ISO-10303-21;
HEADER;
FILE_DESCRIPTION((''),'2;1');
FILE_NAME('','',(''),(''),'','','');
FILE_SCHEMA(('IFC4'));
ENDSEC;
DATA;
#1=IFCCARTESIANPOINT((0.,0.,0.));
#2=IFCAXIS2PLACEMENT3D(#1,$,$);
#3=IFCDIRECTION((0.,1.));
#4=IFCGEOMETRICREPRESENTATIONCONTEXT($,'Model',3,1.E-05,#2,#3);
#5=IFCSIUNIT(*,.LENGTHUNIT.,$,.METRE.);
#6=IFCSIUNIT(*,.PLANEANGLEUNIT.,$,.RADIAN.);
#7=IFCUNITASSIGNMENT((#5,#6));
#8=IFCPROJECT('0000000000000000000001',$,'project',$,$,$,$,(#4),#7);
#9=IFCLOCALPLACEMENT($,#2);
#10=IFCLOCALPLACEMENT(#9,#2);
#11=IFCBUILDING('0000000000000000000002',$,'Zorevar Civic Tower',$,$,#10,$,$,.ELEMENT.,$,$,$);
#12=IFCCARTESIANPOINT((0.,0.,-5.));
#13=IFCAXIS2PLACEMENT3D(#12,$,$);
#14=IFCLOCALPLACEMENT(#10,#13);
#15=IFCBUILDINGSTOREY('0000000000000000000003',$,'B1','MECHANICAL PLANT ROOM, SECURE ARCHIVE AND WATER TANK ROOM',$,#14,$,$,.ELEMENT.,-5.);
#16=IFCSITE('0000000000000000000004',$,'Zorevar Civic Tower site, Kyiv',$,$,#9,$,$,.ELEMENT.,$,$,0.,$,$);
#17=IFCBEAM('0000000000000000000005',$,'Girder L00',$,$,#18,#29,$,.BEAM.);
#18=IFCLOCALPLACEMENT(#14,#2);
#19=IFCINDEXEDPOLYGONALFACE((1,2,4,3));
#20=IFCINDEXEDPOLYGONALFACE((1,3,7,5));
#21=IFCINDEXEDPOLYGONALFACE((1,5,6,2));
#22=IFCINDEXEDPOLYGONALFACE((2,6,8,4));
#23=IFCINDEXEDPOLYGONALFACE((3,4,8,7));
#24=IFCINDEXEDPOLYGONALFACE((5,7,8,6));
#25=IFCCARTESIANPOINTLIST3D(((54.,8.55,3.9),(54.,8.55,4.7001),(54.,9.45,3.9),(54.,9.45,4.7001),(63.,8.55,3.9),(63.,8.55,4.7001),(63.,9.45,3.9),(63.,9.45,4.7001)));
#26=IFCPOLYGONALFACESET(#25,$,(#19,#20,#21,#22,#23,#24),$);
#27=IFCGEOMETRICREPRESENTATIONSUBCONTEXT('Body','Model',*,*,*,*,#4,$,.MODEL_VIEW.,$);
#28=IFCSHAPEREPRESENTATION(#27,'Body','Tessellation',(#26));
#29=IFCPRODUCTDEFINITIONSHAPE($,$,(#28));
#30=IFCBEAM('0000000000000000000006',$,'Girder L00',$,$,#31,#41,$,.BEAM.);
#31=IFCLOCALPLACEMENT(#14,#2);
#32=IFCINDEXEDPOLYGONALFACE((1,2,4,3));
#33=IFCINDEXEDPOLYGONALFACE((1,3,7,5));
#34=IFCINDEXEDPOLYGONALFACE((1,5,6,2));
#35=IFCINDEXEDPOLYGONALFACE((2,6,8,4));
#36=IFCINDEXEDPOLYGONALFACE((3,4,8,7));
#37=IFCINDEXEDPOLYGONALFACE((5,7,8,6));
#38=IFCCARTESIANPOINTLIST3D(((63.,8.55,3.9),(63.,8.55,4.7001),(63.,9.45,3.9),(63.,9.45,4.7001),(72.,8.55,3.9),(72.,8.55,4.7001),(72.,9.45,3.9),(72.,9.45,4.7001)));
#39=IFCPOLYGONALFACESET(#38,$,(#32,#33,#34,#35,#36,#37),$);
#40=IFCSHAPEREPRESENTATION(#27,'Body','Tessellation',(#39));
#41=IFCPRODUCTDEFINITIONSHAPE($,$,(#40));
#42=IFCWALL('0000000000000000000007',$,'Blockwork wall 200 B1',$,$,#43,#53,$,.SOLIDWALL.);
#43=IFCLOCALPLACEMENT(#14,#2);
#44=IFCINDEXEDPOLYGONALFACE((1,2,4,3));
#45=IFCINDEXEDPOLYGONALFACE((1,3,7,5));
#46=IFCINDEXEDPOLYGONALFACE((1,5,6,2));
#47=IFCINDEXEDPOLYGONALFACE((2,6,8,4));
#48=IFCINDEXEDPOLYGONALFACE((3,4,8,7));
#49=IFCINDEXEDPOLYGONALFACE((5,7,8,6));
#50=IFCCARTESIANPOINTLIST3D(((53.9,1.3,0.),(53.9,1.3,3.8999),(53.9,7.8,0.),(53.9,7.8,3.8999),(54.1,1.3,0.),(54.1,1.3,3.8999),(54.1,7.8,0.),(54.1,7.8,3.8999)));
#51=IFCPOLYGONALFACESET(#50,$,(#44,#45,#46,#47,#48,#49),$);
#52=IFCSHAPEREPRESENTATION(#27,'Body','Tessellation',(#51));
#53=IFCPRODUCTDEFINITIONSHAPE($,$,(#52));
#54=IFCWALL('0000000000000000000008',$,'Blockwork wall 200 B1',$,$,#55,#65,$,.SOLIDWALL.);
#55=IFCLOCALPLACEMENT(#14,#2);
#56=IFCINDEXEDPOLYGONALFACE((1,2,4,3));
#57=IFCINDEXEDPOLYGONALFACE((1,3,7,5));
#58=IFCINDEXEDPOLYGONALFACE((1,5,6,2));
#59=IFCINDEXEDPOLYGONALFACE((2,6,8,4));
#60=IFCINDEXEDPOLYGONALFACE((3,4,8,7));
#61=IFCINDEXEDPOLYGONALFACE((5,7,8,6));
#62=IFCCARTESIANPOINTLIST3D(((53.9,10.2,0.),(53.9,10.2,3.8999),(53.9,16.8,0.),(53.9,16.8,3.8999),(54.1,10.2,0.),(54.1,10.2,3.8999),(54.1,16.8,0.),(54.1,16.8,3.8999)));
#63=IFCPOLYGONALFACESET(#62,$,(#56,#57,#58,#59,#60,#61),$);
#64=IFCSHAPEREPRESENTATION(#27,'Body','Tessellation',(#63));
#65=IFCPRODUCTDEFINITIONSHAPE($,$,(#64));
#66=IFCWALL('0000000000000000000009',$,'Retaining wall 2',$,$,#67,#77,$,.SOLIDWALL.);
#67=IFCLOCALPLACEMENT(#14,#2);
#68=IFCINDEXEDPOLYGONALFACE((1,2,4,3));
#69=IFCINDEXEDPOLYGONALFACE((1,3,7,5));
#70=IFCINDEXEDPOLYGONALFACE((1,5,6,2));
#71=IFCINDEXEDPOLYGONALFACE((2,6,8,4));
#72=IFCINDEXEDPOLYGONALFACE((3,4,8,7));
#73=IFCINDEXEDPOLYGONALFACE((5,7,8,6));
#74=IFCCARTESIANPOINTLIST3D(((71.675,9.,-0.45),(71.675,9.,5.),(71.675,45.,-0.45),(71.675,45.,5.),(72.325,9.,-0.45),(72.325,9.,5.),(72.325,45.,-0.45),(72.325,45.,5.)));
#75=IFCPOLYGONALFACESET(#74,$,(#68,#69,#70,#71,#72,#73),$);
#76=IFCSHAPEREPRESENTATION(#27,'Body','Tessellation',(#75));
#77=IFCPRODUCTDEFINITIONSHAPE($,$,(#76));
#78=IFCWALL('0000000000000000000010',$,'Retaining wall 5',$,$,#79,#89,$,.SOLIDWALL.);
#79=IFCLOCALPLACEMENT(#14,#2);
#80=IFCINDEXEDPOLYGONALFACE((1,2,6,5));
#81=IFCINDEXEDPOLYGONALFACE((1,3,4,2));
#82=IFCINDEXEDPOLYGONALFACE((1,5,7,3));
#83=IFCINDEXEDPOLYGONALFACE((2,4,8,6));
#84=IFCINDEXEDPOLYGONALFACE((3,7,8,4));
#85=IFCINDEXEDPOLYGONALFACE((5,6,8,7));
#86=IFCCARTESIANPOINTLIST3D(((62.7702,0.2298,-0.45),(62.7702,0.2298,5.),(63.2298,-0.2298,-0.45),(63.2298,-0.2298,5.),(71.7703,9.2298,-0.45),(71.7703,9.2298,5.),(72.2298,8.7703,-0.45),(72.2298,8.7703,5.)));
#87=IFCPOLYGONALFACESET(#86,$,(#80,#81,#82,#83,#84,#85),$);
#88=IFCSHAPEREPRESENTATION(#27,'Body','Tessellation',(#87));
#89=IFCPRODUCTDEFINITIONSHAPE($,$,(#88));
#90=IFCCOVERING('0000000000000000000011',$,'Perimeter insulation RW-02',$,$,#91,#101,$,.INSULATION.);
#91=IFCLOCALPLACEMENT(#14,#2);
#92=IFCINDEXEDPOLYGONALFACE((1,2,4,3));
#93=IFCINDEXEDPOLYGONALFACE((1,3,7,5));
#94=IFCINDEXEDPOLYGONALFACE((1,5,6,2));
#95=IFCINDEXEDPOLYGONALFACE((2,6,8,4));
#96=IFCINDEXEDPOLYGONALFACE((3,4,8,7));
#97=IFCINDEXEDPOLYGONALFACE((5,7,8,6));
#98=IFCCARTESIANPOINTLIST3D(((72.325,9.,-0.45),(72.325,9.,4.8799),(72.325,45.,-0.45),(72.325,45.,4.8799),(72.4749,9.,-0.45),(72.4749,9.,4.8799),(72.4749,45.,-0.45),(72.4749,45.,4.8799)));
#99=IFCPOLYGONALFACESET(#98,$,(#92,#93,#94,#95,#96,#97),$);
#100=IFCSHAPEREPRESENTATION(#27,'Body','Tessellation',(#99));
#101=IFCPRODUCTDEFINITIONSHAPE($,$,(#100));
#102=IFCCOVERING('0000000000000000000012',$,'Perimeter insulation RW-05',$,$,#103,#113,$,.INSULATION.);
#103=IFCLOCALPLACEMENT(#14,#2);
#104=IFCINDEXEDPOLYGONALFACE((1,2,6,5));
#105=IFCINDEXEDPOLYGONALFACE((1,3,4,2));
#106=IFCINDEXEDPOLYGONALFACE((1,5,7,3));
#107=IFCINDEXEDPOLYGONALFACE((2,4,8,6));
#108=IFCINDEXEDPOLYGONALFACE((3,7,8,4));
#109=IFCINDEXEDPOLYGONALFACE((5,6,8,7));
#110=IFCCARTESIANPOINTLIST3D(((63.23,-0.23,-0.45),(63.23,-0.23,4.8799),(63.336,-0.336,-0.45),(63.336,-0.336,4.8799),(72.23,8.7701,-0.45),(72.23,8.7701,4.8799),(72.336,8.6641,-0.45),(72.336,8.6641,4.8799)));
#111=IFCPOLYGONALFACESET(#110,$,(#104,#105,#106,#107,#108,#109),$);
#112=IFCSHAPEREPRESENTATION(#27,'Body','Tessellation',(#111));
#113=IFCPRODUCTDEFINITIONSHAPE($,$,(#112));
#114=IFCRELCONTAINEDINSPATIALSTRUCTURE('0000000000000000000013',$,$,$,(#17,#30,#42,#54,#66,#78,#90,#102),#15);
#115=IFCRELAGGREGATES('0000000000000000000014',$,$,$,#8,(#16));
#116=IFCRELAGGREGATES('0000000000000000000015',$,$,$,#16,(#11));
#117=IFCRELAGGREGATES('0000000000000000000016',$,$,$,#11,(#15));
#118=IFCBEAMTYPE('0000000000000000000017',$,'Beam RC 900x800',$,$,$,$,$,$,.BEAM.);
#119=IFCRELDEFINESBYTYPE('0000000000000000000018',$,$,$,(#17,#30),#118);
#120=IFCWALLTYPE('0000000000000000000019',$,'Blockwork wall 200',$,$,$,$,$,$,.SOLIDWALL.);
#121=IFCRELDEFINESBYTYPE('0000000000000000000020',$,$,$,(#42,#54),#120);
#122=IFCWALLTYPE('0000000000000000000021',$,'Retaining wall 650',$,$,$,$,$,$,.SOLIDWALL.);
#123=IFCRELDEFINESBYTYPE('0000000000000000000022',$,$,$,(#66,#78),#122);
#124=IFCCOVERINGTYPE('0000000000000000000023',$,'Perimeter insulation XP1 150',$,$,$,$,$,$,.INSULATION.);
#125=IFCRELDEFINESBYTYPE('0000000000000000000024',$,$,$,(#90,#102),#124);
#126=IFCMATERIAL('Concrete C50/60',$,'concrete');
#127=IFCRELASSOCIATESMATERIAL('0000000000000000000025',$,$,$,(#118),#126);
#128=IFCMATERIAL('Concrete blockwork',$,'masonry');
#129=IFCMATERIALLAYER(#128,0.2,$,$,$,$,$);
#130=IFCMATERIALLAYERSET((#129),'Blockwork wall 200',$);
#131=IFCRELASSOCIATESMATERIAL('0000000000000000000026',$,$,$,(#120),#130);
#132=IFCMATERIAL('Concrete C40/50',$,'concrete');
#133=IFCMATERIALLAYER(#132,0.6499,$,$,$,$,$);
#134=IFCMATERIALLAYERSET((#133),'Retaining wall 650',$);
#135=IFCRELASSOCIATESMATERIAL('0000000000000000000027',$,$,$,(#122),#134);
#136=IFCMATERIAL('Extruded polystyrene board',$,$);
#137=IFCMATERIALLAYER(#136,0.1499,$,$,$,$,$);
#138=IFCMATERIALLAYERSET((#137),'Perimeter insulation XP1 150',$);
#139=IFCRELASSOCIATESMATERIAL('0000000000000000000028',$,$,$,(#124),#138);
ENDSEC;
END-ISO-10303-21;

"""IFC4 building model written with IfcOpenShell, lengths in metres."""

from ifc_helpers import new_model, si_unit, direction, frame, frame_2d, origin, origin_2d, place, context, subcontext, project, spatial, rectangle, extrude, material, layer, layer_set, material_profile, profile_set, type_object, element, save


model = new_model("IFC4")

# Units and contexts
model_context = context("Model", 3, precision=1e-05, world=origin(), true_north=direction((0.0, 1.0)))
body_context = subcontext(model_context, "Body", "Model", "MODEL_VIEW")
ifc_project = project(units=[si_unit("LENGTHUNIT", "METRE"), si_unit("PLANEANGLEUNIT", "RADIAN")], contexts=[model_context])

# Site, building, storey
site_placement = place(None, origin())
site = spatial("IfcSite", under=ifc_project, at=site_placement, Name="Zorevar Civic Tower site, Kyiv", CompositionType="ELEMENT", RefElevation=0.0)
building_placement = place(site_placement, origin())
building = spatial("IfcBuilding", under=site, at=building_placement, Name="Zorevar Civic Tower", CompositionType="ELEMENT")
storey_placement = place(building_placement, frame((0.0, 0.0, -5.0)))
storey = spatial("IfcBuildingStorey", under=building, at=storey_placement, Name="B1", Description="MECHANICAL PLANT ROOM, SECURE ARCHIVE AND WATER TANK ROOM", CompositionType="ELEMENT", Elevation=-5.0)

# Beams
ifc_material_1 = material(Name="Concrete C50/60", Category="concrete")
ifc_material_profile_1 = material_profile(ifc_material_1, rectangle(XDim=0.8999, YDim=0.8, at=origin_2d()), Name="RC 900x800")
ifc_profile_set_1 = profile_set([ifc_material_profile_1], Name="Concrete C50/60")
beam_type_1 = type_object("IfcBeamType", Name="Beam RC 900x800", PredefinedType="BEAM", material=ifc_profile_set_1)
for number, where, z_axis, x_axis, name in (
    (1, (54.0, 9.0, 4.3), (1.0, 0.0, 0.0), (0.0, 1.0, 0.0), "Girder L00"),
    (2, (63.0, 9.0, 4.3), (1.0, 0.0, 0.0), (0.0, 1.0, 0.0), "Girder L00"),
):
    element("IfcBeam", number, at=place(storey_placement, frame(where, z_axis=z_axis, x_axis=x_axis)), inside=storey, type_object=beam_type_1, Name=name, PredefinedType="BEAM", context=body_context, shape_type="SweptSolid", body=[
        extrude(rectangle(XDim=0.8999, YDim=0.8, at=origin_2d()), origin(), (0.0, 0.0, 1.0), 9.0),
    ])

# Walls
ifc_material_2 = material(Name="Concrete blockwork", Category="masonry")
ifc_layer_1 = layer(ifc_material_2, 0.2)
ifc_layer_set_1 = layer_set([ifc_layer_1], Name="Blockwork wall 200")
wall_type_1 = type_object("IfcWallType", Name="Blockwork wall 200", PredefinedType="SOLIDWALL", material=ifc_layer_set_1)
wall_1_placement = place(storey_placement, frame((54.0, 1.3, 0.0), z_axis=(0.0, 0.0, 1.0), x_axis=(0.0, 1.0, 0.0)))
element("IfcWall", 3, at=wall_1_placement, inside=storey, type_object=wall_type_1, Name="Blockwork wall 200 B1", PredefinedType="SOLIDWALL", context=body_context, shape_type="SweptSolid", body=[
    extrude(rectangle(XDim=6.5, YDim=0.2, at=frame_2d((3.25, 0.0))), origin(), (0.0, 0.0, 1.0), 3.8999),
])
wall_2_placement = place(storey_placement, frame((54.0, 10.2, 0.0), z_axis=(0.0, 0.0, 1.0), x_axis=(0.0, 1.0, 0.0)))
element("IfcWall", 4, at=wall_2_placement, inside=storey, type_object=wall_type_1, Name="Blockwork wall 200 B1", PredefinedType="SOLIDWALL", context=body_context, shape_type="SweptSolid", body=[
    extrude(rectangle(XDim=6.6001, YDim=0.2, at=frame_2d((3.3, 0.0))), origin(), (0.0, 0.0, 1.0), 3.8999),
])
ifc_material_3 = material(Name="Concrete C40/50", Category="concrete")
ifc_layer_2 = layer(ifc_material_3, 0.6499)
ifc_layer_set_2 = layer_set([ifc_layer_2], Name="Retaining wall 650")
wall_type_2 = type_object("IfcWallType", Name="Retaining wall 650", PredefinedType="SOLIDWALL", material=ifc_layer_set_2)
wall_3_placement = place(storey_placement, frame((72.0, 9.0, -0.45), z_axis=(0.0, 0.0, 1.0), x_axis=(0.0, 1.0, 0.0)))
element("IfcWall", 5, at=wall_3_placement, inside=storey, type_object=wall_type_2, Name="Retaining wall 2", PredefinedType="SOLIDWALL", context=body_context, shape_type="SweptSolid", body=[
    extrude(rectangle(XDim=36.0, YDim=0.6499, at=frame_2d((18.0, 0.0))), origin(), (0.0, 0.0, 1.0), 5.45),
])
wall_4_placement = place(storey_placement, frame((63.0, 0.0, -0.45), z_axis=(0.0, 0.0, 1.0), x_axis=(0.707107, 0.707107, 0.0)))
element("IfcWall", 6, at=wall_4_placement, inside=storey, type_object=wall_type_2, Name="Retaining wall 5", PredefinedType="SOLIDWALL", context=body_context, shape_type="SweptSolid", body=[
    extrude(rectangle(XDim=12.728, YDim=0.6499, at=frame_2d((6.364, 0.0))), origin(), (0.0, 0.0, 1.0), 5.45),
])

# Coverings
ifc_material_4 = material(Name="Extruded polystyrene board")
ifc_layer_3 = layer(ifc_material_4, 0.1499)
ifc_layer_set_3 = layer_set([ifc_layer_3], Name="Perimeter insulation XP1 150")
covering_type = type_object("IfcCoveringType", Name="Perimeter insulation XP1 150", PredefinedType="INSULATION", material=ifc_layer_set_3)
covering_1_placement = place(storey_placement, frame((72.3999, 9.0, -0.45), z_axis=(0.0, 0.0, 1.0), x_axis=(0.0, 1.0, 0.0)))
element("IfcCovering", 7, at=covering_1_placement, inside=storey, type_object=covering_type, Name="Perimeter insulation RW-02", PredefinedType="INSULATION", context=body_context, shape_type="SweptSolid", body=[
    extrude(rectangle(XDim=36.0, YDim=0.1499, at=frame_2d((18.0, 0.0))), origin(), (0.0, 0.0, 1.0), 5.3298),
])
covering_2_placement = place(storey_placement, frame((63.283, -0.283, -0.45), z_axis=(0.0, 0.0, 1.0), x_axis=(0.707107, 0.707107, 0.0)))
element("IfcCovering", 8, at=covering_2_placement, inside=storey, type_object=covering_type, Name="Perimeter insulation RW-05", PredefinedType="INSULATION", context=body_context, shape_type="SweptSolid", body=[
    extrude(rectangle(XDim=12.728, YDim=0.1499, at=frame_2d((6.364, 0.0))), origin(), (0.0, 0.0, 1.0), 5.3298),
])

save(model, "model.ifc")
